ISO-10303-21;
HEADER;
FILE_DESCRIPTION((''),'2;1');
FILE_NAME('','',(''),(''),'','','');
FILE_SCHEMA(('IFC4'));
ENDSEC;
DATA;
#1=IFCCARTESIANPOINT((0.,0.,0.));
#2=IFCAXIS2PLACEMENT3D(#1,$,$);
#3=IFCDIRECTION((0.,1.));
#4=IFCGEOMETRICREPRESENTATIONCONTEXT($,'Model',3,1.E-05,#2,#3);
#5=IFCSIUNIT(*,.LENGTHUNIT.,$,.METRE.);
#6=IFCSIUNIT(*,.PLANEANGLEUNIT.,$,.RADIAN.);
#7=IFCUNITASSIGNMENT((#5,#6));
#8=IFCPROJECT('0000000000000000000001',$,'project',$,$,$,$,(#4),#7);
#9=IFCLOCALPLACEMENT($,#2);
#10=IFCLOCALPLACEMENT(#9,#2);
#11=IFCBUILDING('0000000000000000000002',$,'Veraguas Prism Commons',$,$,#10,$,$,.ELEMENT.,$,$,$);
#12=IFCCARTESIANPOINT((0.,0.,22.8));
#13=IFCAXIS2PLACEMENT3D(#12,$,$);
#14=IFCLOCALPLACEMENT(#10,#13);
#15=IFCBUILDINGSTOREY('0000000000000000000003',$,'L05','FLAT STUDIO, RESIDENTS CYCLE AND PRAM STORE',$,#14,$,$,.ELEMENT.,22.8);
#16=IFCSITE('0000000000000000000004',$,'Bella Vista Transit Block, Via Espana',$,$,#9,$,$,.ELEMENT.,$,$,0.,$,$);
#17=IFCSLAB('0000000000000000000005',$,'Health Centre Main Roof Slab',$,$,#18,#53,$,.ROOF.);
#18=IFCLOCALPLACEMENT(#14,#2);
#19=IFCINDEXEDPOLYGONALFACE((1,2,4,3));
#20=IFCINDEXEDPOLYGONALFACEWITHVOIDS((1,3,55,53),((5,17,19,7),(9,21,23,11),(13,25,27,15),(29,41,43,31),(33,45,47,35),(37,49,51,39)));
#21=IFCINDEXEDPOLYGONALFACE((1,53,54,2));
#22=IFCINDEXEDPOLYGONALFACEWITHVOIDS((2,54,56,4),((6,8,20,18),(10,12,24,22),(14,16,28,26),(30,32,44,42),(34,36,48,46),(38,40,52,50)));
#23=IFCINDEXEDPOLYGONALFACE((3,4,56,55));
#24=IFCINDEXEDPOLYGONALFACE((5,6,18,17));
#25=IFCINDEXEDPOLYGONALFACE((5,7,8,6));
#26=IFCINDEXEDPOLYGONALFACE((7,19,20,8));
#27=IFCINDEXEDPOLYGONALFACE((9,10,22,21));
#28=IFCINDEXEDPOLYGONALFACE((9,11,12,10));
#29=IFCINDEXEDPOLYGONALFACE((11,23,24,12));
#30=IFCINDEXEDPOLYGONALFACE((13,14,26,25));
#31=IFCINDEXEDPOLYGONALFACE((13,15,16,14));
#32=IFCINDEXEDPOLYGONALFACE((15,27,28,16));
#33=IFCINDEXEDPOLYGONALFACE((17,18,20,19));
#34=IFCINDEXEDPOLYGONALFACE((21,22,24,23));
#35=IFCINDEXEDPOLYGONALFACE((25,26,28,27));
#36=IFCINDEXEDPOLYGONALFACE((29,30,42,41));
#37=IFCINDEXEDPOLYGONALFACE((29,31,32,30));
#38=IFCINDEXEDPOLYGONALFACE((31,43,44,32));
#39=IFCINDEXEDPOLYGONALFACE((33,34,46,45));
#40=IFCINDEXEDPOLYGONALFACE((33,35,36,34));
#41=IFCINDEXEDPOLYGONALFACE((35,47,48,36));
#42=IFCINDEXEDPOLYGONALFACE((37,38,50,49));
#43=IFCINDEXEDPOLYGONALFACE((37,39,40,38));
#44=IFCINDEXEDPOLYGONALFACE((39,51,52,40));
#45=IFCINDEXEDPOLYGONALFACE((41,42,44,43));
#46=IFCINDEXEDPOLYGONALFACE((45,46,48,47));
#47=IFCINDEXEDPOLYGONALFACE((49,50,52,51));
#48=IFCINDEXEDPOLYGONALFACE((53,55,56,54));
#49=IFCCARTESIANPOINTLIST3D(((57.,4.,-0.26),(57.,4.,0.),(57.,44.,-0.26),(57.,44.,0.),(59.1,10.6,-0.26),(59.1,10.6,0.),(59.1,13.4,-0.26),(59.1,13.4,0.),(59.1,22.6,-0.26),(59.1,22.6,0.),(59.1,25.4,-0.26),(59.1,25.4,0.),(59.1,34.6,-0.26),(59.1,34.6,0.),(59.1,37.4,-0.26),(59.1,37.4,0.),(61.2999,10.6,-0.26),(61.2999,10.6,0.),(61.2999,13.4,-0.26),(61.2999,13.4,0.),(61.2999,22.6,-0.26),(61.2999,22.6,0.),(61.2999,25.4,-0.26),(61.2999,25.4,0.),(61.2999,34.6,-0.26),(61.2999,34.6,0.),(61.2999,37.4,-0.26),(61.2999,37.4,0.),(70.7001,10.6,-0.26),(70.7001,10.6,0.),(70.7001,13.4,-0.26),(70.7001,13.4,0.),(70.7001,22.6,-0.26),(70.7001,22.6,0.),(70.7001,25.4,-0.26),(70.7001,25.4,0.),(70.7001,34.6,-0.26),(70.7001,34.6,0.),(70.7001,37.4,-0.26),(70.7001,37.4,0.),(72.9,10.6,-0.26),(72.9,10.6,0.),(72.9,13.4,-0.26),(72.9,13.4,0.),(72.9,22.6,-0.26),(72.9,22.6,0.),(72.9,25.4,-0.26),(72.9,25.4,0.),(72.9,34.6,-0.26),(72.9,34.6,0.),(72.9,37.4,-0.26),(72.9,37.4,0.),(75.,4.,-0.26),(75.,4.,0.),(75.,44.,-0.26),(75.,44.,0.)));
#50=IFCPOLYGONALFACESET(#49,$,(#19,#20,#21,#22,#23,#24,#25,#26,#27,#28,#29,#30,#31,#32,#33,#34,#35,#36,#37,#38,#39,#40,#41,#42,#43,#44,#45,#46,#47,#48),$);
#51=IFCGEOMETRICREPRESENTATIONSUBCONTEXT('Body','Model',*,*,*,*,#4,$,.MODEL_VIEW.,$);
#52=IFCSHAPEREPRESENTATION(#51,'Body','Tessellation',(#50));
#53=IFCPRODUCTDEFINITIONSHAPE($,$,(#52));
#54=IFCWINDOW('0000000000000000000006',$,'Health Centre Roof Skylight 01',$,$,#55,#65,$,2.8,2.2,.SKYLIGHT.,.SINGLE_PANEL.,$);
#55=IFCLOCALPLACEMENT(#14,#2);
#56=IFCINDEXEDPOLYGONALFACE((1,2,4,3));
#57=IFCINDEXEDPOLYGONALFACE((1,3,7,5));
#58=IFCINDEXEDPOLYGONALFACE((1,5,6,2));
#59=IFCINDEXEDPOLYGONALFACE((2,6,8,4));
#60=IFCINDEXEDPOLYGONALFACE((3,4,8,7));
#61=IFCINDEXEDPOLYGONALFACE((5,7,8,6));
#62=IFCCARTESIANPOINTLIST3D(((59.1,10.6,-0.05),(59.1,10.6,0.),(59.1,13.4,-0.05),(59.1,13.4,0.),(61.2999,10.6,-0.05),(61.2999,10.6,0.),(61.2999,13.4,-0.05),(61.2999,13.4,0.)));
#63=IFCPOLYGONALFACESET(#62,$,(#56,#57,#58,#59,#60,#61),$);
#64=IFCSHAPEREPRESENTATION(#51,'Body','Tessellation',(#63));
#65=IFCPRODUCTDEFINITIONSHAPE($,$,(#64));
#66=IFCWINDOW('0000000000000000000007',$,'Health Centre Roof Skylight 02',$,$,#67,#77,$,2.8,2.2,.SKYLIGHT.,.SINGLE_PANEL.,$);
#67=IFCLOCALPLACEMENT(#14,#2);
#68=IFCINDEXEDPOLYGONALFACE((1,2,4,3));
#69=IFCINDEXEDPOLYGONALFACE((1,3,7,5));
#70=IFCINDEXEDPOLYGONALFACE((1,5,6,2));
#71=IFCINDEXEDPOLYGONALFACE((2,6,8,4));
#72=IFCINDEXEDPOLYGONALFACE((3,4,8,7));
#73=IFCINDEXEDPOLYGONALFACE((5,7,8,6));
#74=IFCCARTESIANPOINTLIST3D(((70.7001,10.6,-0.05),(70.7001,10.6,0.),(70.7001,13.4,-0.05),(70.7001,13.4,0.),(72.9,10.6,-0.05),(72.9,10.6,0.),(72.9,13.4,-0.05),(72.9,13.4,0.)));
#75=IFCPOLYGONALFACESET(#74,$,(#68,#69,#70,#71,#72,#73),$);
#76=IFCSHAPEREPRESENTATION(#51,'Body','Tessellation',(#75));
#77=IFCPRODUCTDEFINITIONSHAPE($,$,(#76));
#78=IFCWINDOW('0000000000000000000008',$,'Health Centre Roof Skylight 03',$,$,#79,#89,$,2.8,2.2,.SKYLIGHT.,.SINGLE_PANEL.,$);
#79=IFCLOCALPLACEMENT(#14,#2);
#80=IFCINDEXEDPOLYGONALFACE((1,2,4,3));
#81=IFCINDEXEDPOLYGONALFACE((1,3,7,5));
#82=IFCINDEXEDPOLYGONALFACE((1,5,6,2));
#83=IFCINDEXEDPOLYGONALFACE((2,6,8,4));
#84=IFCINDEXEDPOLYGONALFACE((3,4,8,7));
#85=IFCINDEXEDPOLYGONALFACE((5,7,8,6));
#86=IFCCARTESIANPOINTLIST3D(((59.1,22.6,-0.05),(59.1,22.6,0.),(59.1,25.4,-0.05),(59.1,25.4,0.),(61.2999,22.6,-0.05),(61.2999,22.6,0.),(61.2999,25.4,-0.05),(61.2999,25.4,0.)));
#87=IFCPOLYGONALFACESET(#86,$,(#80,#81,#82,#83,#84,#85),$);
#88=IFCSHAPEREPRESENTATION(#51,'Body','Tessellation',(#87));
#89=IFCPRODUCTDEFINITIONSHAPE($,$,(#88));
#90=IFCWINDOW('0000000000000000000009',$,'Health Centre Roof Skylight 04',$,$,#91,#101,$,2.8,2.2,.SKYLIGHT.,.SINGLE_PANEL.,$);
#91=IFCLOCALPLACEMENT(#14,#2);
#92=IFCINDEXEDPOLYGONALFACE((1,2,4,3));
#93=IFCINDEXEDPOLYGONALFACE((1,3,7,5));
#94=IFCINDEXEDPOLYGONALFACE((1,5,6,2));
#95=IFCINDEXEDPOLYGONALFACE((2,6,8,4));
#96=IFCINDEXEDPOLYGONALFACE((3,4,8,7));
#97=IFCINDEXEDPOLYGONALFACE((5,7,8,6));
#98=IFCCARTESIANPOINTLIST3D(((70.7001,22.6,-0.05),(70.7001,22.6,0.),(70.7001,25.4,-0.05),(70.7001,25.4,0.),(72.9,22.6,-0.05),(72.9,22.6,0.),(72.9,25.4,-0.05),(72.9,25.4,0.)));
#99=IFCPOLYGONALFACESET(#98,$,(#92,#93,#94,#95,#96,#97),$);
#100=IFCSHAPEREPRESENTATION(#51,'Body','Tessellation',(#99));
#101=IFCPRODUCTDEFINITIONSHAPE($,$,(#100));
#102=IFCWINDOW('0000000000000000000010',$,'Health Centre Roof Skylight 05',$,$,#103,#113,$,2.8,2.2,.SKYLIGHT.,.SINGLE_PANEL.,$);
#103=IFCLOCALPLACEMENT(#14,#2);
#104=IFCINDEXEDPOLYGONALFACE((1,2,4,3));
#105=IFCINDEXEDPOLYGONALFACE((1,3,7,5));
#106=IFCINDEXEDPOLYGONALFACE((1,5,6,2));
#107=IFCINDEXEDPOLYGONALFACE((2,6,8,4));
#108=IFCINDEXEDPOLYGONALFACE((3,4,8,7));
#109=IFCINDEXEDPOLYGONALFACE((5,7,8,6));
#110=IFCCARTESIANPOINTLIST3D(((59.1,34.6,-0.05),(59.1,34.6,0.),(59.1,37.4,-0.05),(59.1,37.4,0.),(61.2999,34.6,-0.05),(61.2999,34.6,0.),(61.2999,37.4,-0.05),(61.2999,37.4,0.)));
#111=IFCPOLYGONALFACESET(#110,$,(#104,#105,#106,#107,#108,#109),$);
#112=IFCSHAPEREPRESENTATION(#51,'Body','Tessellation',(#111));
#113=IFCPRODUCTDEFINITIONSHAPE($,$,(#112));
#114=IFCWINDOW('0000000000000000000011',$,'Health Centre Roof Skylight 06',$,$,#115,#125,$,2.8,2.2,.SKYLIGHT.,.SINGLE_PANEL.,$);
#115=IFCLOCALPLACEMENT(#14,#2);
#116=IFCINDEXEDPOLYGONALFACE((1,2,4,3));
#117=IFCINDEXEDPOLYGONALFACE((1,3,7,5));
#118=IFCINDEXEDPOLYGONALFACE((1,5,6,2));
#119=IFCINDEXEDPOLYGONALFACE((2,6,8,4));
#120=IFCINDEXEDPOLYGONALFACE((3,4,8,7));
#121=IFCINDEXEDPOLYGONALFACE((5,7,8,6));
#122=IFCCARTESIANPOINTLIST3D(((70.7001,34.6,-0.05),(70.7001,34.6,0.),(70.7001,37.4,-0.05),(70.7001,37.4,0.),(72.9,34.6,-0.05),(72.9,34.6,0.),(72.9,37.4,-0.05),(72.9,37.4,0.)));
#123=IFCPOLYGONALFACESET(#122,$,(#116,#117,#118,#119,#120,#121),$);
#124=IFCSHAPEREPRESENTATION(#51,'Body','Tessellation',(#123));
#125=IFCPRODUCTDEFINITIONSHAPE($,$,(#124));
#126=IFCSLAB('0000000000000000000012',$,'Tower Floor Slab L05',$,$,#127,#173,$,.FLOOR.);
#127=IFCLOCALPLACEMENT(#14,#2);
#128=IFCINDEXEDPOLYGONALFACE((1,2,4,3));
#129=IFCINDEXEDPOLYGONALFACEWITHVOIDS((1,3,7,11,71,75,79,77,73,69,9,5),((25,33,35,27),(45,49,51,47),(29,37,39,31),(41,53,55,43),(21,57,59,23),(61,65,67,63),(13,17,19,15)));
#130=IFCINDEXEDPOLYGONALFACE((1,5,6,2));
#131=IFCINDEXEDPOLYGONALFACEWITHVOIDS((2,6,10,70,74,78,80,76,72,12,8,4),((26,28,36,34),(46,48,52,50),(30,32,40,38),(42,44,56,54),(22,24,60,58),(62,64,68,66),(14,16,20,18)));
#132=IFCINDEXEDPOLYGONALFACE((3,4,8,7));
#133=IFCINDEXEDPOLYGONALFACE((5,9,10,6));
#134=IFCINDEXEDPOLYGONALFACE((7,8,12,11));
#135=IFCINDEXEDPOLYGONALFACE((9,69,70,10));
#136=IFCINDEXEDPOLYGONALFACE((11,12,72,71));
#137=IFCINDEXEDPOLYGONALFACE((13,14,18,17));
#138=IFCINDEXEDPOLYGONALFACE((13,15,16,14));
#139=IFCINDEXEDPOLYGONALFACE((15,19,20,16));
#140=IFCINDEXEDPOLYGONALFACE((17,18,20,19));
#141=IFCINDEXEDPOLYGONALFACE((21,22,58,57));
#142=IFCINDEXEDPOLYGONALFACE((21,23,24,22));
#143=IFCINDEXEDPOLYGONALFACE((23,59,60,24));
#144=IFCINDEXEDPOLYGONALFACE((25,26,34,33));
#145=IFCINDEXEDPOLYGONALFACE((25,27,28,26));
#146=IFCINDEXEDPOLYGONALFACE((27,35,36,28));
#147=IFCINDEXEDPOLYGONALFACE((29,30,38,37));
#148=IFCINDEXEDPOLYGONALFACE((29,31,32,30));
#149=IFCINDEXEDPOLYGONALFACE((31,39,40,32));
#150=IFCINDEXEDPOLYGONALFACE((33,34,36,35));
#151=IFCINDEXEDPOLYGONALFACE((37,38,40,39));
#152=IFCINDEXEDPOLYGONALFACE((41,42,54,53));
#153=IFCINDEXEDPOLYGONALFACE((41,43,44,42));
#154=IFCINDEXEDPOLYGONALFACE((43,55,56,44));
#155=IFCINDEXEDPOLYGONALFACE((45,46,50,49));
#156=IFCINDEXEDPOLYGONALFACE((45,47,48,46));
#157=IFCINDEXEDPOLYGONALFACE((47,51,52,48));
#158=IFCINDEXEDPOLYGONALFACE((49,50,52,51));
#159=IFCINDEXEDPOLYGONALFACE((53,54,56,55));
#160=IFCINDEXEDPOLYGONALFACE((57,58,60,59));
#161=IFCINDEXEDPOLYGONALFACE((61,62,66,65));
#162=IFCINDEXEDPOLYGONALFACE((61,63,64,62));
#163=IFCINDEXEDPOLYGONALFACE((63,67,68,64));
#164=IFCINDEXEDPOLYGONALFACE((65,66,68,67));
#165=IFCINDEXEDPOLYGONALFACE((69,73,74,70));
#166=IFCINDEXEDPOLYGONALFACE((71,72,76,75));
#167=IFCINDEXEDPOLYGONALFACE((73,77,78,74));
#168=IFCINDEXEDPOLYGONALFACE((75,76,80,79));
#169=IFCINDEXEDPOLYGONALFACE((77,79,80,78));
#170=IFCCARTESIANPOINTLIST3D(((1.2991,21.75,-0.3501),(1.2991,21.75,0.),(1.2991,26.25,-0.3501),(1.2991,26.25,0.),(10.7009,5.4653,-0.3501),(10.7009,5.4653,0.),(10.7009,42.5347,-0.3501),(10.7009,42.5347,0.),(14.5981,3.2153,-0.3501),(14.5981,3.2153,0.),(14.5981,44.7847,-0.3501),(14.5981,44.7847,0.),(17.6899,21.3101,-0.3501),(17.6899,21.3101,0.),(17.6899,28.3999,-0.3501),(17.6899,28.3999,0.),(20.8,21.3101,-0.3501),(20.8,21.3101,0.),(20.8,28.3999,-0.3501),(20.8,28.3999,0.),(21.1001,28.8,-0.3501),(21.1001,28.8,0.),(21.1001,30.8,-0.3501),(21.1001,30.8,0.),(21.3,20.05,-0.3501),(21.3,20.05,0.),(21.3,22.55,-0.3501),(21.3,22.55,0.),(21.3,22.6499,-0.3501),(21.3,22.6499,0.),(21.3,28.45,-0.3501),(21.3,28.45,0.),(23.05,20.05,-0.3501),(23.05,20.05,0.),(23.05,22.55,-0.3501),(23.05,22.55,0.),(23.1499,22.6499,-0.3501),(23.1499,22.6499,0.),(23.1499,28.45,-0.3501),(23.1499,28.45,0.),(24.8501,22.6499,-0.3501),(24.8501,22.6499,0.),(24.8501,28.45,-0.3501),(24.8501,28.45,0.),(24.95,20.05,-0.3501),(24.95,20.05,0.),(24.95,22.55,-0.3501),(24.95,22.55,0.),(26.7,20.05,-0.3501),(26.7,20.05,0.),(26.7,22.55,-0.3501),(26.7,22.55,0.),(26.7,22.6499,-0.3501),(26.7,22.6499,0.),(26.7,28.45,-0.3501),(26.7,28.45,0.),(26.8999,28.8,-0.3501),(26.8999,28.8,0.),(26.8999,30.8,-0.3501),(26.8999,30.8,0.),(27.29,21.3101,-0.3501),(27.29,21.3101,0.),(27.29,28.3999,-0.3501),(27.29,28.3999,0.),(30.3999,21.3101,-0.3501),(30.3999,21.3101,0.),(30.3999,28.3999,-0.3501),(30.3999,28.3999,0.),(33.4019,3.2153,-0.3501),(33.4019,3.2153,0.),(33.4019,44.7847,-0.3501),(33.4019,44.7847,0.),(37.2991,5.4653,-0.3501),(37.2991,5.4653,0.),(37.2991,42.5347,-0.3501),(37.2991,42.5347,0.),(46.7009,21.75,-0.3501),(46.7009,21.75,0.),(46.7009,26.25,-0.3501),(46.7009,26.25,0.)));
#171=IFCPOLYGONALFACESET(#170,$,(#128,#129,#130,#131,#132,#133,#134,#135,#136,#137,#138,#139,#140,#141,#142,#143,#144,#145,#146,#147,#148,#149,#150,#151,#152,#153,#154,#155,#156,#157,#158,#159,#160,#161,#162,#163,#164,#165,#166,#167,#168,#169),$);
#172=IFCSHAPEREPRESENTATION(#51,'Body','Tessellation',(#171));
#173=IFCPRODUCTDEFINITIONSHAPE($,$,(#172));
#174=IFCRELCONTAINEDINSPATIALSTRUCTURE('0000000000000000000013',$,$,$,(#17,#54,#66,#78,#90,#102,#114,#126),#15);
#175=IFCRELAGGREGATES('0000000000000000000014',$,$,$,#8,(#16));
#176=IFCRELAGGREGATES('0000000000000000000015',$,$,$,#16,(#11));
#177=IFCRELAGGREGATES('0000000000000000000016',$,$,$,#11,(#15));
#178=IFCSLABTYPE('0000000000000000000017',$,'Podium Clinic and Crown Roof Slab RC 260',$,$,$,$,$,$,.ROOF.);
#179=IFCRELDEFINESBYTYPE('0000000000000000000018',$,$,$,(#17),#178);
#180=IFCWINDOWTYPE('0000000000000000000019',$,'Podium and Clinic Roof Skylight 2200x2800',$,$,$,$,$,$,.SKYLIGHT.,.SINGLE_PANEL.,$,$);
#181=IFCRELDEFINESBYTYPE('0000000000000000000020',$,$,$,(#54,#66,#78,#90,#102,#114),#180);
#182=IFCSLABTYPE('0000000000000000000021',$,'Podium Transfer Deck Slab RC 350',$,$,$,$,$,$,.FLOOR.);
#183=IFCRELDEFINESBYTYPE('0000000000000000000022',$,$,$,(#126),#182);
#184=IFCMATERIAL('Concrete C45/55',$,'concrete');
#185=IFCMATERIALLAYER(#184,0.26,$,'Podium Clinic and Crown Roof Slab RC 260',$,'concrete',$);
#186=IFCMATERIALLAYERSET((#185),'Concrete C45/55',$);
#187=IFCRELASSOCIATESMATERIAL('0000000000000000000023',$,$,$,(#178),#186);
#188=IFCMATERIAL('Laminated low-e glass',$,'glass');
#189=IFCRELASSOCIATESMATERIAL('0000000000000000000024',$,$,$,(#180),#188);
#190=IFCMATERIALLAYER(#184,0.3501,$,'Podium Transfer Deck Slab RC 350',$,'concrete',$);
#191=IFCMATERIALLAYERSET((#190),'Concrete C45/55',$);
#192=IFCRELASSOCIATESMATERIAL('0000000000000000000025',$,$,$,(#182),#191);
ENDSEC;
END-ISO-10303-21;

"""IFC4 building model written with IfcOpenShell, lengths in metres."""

from ifc_helpers import new_model, si_unit, direction, frame, origin, origin_2d, place, context, subcontext, project, spatial, polyline, rectangle, outline, extrude, material, layer, layer_set, type_object, element, fill, save


model = new_model("IFC4")

# Units and contexts
model_context = context("Model", 3, precision=1e-05, world=origin(), true_north=direction((0.0, 1.0)))
body_context = subcontext(model_context, "Body", "Model", "MODEL_VIEW")
ifc_project = project(units=[si_unit("LENGTHUNIT", "METRE"), si_unit("PLANEANGLEUNIT", "RADIAN")], contexts=[model_context])

# Site, building, storey
site_placement = place(None, origin())
site = spatial("IfcSite", under=ifc_project, at=site_placement, Name="Bella Vista Transit Block, Via Espana", CompositionType="ELEMENT", RefElevation=0.0)
building_placement = place(site_placement, origin())
building = spatial("IfcBuilding", under=site, at=building_placement, Name="Veraguas Prism Commons", CompositionType="ELEMENT")
storey_placement = place(building_placement, frame((0.0, 0.0, 22.8)))
storey = spatial("IfcBuildingStorey", under=building, at=storey_placement, Name="L05", Description="FLAT STUDIO, RESIDENTS CYCLE AND PRAM STORE", CompositionType="ELEMENT", Elevation=22.8)

# Slab, openings, windows
ifc_material_1 = material(Name="Concrete C45/55", Category="concrete")
ifc_layer_1 = layer(ifc_material_1, 0.26, Name="Podium Clinic and Crown Roof Slab RC 260", Category="concrete")
ifc_layer_set_1 = layer_set([ifc_layer_1], Name="Concrete C45/55")
slab_type_1 = type_object("IfcSlabType", Name="Podium Clinic and Crown Roof Slab RC 260", PredefinedType="ROOF", material=ifc_layer_set_1)
slab_1_placement = place(storey_placement, frame((0.0, 0.0, -0.26)))
slab_1 = element("IfcSlab", 1, at=slab_1_placement, inside=storey, type_object=slab_type_1, Name="Health Centre Main Roof Slab", PredefinedType="ROOF", context=body_context, shape_type="SweptSolid", body=[
    extrude(outline(polyline([(57.0, 4.0), (75.0, 4.0), (75.0, 44.0), (57.0, 44.0), (57.0, 4.0)])), origin(), (0.0, 0.0, 1.0), 0.26),
])
opening_1_placement = place(slab_1_placement, frame((60.2, 12.0, -0.01)))
opening_1 = element("IfcOpeningElement", 2, at=opening_1_placement, cuts=slab_1, PredefinedType="OPENING", context=body_context, shape_type="SweptSolid", body=[
    extrude(rectangle(XDim=2.2, YDim=2.8, at=origin_2d()), origin(), (0.0, 0.0, 1.0), 0.28),
])
opening_2_placement = place(slab_1_placement, frame((71.8, 12.0, -0.01)))
opening_2 = element("IfcOpeningElement", 3, at=opening_2_placement, cuts=slab_1, PredefinedType="OPENING", context=body_context, shape_type="SweptSolid", body=[
    extrude(rectangle(XDim=2.2, YDim=2.8, at=origin_2d()), origin(), (0.0, 0.0, 1.0), 0.28),
])
opening_3_placement = place(slab_1_placement, frame((60.2, 24.0, -0.01)))
opening_3 = element("IfcOpeningElement", 4, at=opening_3_placement, cuts=slab_1, PredefinedType="OPENING", context=body_context, shape_type="SweptSolid", body=[
    extrude(rectangle(XDim=2.2, YDim=2.8, at=origin_2d()), origin(), (0.0, 0.0, 1.0), 0.28),
])
opening_4_placement = place(slab_1_placement, frame((71.8, 24.0, -0.01)))
opening_4 = element("IfcOpeningElement", 5, at=opening_4_placement, cuts=slab_1, PredefinedType="OPENING", context=body_context, shape_type="SweptSolid", body=[
    extrude(rectangle(XDim=2.2, YDim=2.8, at=origin_2d()), origin(), (0.0, 0.0, 1.0), 0.28),
])
opening_5_placement = place(slab_1_placement, frame((60.2, 36.0, -0.01)))
opening_5 = element("IfcOpeningElement", 6, at=opening_5_placement, cuts=slab_1, PredefinedType="OPENING", context=body_context, shape_type="SweptSolid", body=[
    extrude(rectangle(XDim=2.2, YDim=2.8, at=origin_2d()), origin(), (0.0, 0.0, 1.0), 0.28),
])
opening_6_placement = place(slab_1_placement, frame((71.8, 36.0, -0.01)))
opening_6 = element("IfcOpeningElement", 7, at=opening_6_placement, cuts=slab_1, PredefinedType="OPENING", context=body_context, shape_type="SweptSolid", body=[
    extrude(rectangle(XDim=2.2, YDim=2.8, at=origin_2d()), origin(), (0.0, 0.0, 1.0), 0.28),
])
ifc_material_2 = material(Name="Laminated low-e glass", Category="glass")
window_type = type_object("IfcWindowType", Name="Podium and Clinic Roof Skylight 2200x2800", PartitioningType="SINGLE_PANEL", PredefinedType="SKYLIGHT", material=ifc_material_2)
window_1_placement = place(slab_1_placement, frame((60.2, 12.0, 0.21)))
window_1 = element("IfcWindow", 8, at=window_1_placement, inside=storey, type_object=window_type, Name="Health Centre Roof Skylight 01", OverallHeight=2.8, OverallWidth=2.2, PartitioningType="SINGLE_PANEL", PredefinedType="SKYLIGHT", context=body_context, shape_type="SweptSolid", body=[
    extrude(rectangle(XDim=2.2, YDim=2.8, at=origin_2d()), origin(), (0.0, 0.0, 1.0), 0.05),
])
fill(opening_1, window_1)
window_2_placement = place(slab_1_placement, frame((71.8, 12.0, 0.21)))
window_2 = element("IfcWindow", 9, at=window_2_placement, inside=storey, type_object=window_type, Name="Health Centre Roof Skylight 02", OverallHeight=2.8, OverallWidth=2.2, PartitioningType="SINGLE_PANEL", PredefinedType="SKYLIGHT", context=body_context, shape_type="SweptSolid", body=[
    extrude(rectangle(XDim=2.2, YDim=2.8, at=origin_2d()), origin(), (0.0, 0.0, 1.0), 0.05),
])
fill(opening_2, window_2)
window_3_placement = place(slab_1_placement, frame((60.2, 24.0, 0.21)))
window_3 = element("IfcWindow", 10, at=window_3_placement, inside=storey, type_object=window_type, Name="Health Centre Roof Skylight 03", OverallHeight=2.8, OverallWidth=2.2, PartitioningType="SINGLE_PANEL", PredefinedType="SKYLIGHT", context=body_context, shape_type="SweptSolid", body=[
    extrude(rectangle(XDim=2.2, YDim=2.8, at=origin_2d()), origin(), (0.0, 0.0, 1.0), 0.05),
])
fill(opening_3, window_3)
window_4_placement = place(slab_1_placement, frame((71.8, 24.0, 0.21)))
window_4 = element("IfcWindow", 11, at=window_4_placement, inside=storey, type_object=window_type, Name="Health Centre Roof Skylight 04", OverallHeight=2.8, OverallWidth=2.2, PartitioningType="SINGLE_PANEL", PredefinedType="SKYLIGHT", context=body_context, shape_type="SweptSolid", body=[
    extrude(rectangle(XDim=2.2, YDim=2.8, at=origin_2d()), origin(), (0.0, 0.0, 1.0), 0.05),
])
fill(opening_4, window_4)
window_5_placement = place(slab_1_placement, frame((60.2, 36.0, 0.21)))
window_5 = element("IfcWindow", 12, at=window_5_placement, inside=storey, type_object=window_type, Name="Health Centre Roof Skylight 05", OverallHeight=2.8, OverallWidth=2.2, PartitioningType="SINGLE_PANEL", PredefinedType="SKYLIGHT", context=body_context, shape_type="SweptSolid", body=[
    extrude(rectangle(XDim=2.2, YDim=2.8, at=origin_2d()), origin(), (0.0, 0.0, 1.0), 0.05),
])
fill(opening_5, window_5)
window_6_placement = place(slab_1_placement, frame((71.8, 36.0, 0.21)))
window_6 = element("IfcWindow", 13, at=window_6_placement, inside=storey, type_object=window_type, Name="Health Centre Roof Skylight 06", OverallHeight=2.8, OverallWidth=2.2, PartitioningType="SINGLE_PANEL", PredefinedType="SKYLIGHT", context=body_context, shape_type="SweptSolid", body=[
    extrude(rectangle(XDim=2.2, YDim=2.8, at=origin_2d()), origin(), (0.0, 0.0, 1.0), 0.05),
])
fill(opening_6, window_6)

# Slab
ifc_layer_2 = layer(ifc_material_1, 0.3501, Name="Podium Transfer Deck Slab RC 350", Category="concrete")
ifc_layer_set_2 = layer_set([ifc_layer_2], Name="Concrete C45/55")
slab_type_2 = type_object("IfcSlabType", Name="Podium Transfer Deck Slab RC 350", PredefinedType="FLOOR", material=ifc_layer_set_2)
slab_2_placement = place(storey_placement, frame((0.0, 0.0, -0.3501)))
element("IfcSlab", 14, at=slab_2_placement, inside=storey, type_object=slab_type_2, Name="Tower Floor Slab L05", PredefinedType="FLOOR", context=body_context, shape_type="SweptSolid", body=[
    extrude(outline(polyline([(46.7009, 21.75), (46.7009, 26.25), (37.2991, 42.5347), (33.4019, 44.7847), (14.5981, 44.7847), (10.7009, 42.5347), (1.2991, 26.25), (1.2991, 21.75), (10.7009, 5.4653), (14.5981, 3.2153), (33.4019, 3.2153), (37.2991, 5.4653), (46.7009, 21.75)]), holes=[polyline([(20.8, 21.3101), (20.8, 28.3999), (17.6899, 28.3999), (17.6899, 21.3101), (20.8, 21.3101)]), polyline([(30.3999, 21.3101), (30.3999, 28.3999), (27.29, 28.3999), (27.29, 21.3101), (30.3999, 21.3101)]), polyline([(21.3, 22.6499), (23.1499, 22.6499), (23.1499, 28.45), (21.3, 28.45), (21.3, 22.6499)]), polyline([(24.8501, 22.6499), (26.7, 22.6499), (26.7, 28.45), (24.8501, 28.45), (24.8501, 22.6499)]), polyline([(21.1001, 28.8), (26.8999, 28.8), (26.8999, 30.8), (21.1001, 30.8), (21.1001, 28.8)]), polyline([(21.3, 20.05), (23.05, 20.05), (23.05, 22.55), (21.3, 22.55), (21.3, 20.05)]), polyline([(24.95, 20.05), (26.7, 20.05), (26.7, 22.55), (24.95, 22.55), (24.95, 20.05)])]), origin(), (0.0, 0.0, 1.0), 0.3501),
])

save(model, "model.ifc")
